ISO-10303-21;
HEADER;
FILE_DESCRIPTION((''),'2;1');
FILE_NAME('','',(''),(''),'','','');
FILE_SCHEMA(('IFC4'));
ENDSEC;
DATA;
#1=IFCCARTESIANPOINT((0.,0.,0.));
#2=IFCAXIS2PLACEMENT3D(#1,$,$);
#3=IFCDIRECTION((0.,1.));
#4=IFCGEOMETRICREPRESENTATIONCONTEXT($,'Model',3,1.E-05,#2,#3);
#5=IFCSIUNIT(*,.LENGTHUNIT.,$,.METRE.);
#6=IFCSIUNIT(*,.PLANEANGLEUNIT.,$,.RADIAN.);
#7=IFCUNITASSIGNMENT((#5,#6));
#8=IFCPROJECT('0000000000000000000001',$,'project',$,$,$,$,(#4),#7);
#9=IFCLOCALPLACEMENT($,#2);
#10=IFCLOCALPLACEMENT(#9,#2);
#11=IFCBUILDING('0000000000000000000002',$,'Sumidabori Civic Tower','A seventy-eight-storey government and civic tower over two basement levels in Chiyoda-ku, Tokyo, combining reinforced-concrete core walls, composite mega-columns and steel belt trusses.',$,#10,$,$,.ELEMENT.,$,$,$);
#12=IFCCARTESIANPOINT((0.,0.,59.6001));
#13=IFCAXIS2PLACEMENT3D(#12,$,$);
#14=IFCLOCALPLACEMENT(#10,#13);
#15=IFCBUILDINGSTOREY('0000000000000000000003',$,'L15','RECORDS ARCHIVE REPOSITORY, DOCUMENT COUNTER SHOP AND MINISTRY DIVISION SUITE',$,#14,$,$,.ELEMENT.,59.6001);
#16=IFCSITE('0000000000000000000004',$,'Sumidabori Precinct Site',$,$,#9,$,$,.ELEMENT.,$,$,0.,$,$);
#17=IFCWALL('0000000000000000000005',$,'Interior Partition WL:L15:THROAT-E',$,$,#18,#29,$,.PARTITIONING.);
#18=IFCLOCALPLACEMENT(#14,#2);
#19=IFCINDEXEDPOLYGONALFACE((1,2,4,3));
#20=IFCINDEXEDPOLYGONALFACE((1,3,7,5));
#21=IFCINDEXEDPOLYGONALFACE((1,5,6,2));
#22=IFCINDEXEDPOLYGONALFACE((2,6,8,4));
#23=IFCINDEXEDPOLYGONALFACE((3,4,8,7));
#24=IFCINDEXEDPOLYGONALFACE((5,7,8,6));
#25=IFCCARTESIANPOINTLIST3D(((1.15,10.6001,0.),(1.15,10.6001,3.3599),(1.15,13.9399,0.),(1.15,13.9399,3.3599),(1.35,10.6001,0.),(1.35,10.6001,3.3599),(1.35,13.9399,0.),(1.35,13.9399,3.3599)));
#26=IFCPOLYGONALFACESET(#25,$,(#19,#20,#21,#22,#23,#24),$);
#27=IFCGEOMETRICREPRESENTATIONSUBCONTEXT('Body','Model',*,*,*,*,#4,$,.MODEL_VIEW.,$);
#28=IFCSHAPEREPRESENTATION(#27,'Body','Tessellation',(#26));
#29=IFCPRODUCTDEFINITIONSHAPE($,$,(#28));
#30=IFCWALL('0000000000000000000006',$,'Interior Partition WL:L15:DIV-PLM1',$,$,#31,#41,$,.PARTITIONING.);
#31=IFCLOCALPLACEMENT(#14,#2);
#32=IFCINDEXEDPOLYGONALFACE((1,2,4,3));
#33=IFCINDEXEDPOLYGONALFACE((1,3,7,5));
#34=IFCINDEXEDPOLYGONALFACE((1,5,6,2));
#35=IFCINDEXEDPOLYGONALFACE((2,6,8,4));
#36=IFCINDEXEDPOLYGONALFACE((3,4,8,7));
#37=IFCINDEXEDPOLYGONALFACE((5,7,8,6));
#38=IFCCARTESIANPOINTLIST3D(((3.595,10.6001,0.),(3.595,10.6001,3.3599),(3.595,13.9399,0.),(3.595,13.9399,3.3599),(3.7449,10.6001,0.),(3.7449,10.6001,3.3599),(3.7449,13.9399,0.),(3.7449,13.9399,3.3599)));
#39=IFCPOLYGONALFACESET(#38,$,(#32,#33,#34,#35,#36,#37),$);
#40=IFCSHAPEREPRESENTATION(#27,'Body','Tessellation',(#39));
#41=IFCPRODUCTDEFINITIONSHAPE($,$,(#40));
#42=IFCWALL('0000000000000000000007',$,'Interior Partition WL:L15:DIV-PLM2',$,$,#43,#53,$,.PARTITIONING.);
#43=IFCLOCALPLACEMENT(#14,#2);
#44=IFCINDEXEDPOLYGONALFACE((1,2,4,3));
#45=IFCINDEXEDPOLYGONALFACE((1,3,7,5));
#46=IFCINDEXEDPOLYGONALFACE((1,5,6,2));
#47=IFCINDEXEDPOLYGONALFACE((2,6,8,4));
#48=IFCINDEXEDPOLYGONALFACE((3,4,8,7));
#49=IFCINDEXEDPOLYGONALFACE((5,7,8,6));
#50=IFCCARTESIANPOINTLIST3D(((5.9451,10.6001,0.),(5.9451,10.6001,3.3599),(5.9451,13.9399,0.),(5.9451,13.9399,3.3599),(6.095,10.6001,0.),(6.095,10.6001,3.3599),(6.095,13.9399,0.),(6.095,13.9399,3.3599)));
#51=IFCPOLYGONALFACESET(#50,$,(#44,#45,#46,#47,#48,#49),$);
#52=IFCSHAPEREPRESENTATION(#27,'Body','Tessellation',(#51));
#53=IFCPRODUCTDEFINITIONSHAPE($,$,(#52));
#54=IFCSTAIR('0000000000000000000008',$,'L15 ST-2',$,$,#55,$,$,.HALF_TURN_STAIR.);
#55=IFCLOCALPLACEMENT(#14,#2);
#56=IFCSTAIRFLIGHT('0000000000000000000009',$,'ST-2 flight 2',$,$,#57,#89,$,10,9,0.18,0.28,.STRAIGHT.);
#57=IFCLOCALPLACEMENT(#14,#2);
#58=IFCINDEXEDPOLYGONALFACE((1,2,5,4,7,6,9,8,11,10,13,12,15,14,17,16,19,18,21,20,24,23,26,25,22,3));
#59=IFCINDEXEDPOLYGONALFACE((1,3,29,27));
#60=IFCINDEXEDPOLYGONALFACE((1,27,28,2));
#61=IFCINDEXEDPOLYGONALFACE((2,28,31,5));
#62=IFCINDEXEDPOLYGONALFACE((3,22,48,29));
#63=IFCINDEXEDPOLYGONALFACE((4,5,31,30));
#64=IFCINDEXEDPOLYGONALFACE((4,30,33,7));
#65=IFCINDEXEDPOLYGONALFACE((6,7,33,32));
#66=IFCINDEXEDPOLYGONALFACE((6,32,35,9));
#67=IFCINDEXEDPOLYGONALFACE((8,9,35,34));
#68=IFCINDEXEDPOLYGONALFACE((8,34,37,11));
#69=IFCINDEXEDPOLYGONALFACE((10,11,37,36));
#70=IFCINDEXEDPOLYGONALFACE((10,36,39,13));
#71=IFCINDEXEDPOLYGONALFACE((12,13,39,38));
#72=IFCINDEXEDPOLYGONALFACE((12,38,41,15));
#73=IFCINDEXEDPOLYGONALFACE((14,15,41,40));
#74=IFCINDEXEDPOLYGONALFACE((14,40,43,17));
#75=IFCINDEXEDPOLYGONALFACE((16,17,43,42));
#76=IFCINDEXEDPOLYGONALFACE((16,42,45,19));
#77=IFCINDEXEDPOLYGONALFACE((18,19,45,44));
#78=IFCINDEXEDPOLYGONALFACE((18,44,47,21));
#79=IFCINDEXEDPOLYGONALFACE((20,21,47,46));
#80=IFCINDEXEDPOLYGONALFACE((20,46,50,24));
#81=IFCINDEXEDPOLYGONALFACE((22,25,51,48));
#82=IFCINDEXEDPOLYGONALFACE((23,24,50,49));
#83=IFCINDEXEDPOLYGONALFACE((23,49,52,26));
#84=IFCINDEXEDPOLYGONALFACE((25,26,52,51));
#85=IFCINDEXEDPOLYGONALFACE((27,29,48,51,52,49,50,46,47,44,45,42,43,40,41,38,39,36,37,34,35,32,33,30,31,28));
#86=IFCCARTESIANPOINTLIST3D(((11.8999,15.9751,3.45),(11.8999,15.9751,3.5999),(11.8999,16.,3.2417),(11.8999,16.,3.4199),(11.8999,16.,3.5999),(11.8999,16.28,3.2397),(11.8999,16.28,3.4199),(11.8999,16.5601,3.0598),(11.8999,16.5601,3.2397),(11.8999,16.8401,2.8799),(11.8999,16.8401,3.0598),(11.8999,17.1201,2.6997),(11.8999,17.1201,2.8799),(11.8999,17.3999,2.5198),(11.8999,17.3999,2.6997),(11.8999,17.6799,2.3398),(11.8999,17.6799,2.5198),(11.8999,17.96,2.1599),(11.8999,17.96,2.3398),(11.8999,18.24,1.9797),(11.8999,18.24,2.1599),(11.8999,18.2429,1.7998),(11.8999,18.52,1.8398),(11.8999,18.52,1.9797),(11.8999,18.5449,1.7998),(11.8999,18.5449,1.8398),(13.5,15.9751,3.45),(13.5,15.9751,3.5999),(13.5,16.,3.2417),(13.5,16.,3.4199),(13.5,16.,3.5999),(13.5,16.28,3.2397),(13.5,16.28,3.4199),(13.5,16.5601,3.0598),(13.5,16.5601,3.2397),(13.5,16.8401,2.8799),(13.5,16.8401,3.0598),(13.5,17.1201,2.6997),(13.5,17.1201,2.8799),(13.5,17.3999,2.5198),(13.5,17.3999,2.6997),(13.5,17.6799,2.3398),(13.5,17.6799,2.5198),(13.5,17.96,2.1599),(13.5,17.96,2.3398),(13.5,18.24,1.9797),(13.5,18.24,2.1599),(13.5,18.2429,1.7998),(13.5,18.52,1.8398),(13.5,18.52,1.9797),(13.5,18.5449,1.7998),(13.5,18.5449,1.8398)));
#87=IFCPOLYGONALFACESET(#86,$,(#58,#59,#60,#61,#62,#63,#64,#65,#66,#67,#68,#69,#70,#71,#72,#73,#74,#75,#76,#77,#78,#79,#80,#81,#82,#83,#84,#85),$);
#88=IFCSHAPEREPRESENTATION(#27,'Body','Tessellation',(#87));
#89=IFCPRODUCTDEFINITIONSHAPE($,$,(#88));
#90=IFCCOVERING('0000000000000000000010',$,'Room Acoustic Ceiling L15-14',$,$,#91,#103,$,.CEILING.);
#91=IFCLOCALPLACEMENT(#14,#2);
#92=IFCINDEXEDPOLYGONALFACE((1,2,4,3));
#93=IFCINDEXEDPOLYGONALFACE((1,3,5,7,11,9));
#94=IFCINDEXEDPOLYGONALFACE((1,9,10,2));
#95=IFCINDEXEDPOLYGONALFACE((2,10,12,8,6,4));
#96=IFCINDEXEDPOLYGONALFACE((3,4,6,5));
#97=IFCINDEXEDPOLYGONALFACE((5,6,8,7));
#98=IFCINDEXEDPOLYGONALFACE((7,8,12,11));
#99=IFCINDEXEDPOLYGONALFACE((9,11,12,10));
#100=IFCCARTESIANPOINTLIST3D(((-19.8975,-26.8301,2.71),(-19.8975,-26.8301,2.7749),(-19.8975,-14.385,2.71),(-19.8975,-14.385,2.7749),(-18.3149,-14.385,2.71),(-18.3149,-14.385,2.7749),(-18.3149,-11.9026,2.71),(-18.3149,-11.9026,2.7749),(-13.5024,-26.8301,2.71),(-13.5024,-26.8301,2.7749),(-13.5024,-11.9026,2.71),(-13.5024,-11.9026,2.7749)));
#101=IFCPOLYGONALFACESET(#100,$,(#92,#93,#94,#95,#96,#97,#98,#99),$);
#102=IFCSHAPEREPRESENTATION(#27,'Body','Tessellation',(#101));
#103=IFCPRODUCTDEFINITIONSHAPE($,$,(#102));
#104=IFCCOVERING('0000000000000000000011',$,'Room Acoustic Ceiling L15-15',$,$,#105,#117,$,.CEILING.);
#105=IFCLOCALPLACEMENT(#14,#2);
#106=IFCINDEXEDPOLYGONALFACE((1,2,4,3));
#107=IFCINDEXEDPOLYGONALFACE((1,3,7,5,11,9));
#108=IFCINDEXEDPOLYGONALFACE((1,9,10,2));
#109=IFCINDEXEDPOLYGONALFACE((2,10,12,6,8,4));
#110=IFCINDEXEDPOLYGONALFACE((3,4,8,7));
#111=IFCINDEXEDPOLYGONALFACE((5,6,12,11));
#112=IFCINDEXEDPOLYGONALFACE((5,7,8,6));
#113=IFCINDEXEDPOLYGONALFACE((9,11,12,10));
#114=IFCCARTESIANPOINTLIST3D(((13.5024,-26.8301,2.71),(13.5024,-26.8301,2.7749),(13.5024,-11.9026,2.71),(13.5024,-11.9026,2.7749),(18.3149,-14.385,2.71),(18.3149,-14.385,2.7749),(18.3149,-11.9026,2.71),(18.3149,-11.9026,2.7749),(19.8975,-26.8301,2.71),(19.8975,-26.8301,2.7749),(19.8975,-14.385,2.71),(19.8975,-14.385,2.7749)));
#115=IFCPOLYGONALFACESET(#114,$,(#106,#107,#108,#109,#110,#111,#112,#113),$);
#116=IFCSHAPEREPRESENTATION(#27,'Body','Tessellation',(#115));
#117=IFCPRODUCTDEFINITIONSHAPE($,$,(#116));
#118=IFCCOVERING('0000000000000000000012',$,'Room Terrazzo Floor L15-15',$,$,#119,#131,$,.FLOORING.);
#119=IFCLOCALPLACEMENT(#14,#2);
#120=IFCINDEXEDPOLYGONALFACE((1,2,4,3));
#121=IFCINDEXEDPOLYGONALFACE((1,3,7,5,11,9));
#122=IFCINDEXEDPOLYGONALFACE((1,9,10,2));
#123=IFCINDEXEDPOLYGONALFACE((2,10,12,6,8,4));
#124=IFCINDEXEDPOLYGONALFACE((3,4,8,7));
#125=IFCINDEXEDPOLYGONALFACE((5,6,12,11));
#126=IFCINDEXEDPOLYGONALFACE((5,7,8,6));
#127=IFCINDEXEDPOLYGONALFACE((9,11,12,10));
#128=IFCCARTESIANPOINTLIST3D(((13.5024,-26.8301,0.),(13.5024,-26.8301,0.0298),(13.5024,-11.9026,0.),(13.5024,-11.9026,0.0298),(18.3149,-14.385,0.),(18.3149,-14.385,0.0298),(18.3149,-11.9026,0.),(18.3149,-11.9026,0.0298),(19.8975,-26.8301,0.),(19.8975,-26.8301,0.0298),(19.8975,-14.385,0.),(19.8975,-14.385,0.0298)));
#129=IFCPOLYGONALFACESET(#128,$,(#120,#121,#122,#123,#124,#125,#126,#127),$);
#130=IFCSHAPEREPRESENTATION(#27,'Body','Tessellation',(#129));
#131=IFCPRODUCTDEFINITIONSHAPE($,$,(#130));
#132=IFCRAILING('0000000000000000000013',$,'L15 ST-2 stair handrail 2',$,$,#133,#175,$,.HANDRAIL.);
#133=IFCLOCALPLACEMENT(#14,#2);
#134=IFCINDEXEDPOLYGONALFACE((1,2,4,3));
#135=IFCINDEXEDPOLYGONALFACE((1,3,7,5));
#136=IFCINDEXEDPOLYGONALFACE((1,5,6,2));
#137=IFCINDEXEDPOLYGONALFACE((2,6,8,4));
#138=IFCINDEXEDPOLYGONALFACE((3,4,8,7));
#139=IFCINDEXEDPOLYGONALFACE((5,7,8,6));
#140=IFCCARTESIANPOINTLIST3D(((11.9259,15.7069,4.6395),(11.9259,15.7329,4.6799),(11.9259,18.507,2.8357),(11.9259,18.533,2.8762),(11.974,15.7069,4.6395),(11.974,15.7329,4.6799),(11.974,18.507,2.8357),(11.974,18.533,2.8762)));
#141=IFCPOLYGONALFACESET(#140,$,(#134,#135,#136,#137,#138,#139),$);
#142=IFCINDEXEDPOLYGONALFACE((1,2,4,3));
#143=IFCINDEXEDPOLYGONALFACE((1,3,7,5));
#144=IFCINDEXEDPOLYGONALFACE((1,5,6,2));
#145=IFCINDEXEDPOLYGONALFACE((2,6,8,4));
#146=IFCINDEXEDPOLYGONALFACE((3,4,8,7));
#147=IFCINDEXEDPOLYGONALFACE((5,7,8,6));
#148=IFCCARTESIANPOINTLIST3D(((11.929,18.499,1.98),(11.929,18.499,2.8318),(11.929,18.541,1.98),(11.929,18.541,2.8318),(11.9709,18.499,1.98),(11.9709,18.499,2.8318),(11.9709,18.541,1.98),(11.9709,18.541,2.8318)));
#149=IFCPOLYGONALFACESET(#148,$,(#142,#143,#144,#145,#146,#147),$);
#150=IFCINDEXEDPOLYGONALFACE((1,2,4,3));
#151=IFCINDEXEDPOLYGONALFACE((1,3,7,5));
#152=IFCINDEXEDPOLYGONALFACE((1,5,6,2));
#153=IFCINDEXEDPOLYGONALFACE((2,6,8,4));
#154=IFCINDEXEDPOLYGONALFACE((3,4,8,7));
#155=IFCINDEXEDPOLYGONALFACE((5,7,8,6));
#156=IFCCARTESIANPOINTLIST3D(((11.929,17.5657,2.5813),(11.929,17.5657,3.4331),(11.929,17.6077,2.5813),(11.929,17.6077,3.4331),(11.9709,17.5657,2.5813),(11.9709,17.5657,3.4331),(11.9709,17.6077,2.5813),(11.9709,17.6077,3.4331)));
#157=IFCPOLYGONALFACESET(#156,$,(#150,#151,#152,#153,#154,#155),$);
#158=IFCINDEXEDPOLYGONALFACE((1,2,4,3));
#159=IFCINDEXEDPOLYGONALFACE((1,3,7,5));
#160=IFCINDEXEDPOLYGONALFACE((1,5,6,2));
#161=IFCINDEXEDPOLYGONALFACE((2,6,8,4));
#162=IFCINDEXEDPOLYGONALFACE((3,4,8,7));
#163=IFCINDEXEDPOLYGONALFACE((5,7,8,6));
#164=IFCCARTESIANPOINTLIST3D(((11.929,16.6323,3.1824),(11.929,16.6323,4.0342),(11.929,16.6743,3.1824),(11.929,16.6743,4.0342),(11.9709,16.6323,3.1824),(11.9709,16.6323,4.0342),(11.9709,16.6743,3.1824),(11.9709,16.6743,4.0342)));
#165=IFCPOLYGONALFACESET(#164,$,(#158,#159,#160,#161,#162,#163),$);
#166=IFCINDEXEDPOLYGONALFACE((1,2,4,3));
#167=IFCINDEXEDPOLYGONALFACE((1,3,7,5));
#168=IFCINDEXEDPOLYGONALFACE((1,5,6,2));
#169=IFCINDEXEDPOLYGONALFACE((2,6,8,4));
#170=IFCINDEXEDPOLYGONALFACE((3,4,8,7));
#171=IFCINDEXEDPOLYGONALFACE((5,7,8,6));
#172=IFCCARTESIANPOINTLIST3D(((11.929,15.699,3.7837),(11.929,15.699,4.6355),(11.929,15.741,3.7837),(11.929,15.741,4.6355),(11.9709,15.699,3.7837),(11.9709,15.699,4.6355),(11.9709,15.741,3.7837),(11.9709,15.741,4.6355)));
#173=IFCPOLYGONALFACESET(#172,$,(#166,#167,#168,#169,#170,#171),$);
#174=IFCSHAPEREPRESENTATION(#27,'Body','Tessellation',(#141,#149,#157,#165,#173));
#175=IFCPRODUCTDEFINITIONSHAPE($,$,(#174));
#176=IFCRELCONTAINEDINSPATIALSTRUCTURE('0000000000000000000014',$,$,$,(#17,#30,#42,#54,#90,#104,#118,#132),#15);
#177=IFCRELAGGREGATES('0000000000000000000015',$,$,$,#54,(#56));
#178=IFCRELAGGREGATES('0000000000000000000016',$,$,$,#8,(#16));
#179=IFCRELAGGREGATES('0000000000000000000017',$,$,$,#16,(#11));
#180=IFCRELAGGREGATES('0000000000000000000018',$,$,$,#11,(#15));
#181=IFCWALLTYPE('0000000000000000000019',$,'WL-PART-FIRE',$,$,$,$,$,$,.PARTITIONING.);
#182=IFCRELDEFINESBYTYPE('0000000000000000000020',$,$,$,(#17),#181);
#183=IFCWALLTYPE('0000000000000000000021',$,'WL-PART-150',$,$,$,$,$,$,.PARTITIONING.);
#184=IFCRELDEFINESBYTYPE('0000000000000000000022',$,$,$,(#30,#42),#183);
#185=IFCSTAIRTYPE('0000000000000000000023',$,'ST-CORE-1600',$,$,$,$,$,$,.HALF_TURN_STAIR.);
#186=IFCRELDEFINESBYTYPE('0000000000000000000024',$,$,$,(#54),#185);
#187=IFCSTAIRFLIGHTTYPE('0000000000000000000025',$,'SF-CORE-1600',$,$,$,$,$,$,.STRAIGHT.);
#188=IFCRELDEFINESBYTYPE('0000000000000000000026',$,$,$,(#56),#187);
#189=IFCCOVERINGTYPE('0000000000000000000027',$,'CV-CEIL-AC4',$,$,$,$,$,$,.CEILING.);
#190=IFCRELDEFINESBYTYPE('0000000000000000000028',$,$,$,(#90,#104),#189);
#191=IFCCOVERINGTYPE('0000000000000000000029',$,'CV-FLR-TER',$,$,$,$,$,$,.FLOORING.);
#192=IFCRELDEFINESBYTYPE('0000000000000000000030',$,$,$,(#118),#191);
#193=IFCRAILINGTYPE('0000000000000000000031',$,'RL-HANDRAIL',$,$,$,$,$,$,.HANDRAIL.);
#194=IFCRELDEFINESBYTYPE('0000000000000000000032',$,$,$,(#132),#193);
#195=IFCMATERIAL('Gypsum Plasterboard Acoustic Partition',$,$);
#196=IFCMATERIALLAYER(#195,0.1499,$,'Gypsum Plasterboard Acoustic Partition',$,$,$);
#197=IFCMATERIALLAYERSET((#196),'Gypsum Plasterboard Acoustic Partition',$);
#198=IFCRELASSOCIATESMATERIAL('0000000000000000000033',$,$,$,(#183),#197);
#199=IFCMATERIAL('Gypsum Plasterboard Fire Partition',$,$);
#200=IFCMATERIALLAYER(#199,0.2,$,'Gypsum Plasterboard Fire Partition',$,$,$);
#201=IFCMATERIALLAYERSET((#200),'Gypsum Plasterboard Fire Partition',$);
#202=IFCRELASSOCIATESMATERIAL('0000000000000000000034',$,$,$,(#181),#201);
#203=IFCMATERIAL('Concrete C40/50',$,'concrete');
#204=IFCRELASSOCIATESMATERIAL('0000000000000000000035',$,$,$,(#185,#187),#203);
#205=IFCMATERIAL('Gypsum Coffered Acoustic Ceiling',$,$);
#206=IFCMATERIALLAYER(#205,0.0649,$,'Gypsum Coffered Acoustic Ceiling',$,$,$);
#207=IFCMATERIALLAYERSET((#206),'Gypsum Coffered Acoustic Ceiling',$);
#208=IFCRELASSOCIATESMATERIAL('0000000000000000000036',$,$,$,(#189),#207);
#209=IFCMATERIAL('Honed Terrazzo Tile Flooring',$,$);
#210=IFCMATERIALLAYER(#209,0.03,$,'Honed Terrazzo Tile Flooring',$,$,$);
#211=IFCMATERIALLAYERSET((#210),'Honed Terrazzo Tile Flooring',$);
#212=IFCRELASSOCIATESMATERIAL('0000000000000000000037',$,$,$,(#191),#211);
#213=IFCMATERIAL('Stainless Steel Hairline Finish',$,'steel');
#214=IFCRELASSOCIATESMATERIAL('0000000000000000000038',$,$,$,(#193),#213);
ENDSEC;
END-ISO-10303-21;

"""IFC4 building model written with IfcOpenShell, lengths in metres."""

from ifc_helpers import new_model, si_unit, direction, frame, frame_2d, origin, origin_2d, place, context, subcontext, project, spatial, polyline, rectangle, outline, extrude, source, transform, mapped, material, layer, layer_set, type_object, element, aggregate, save


model = new_model("IFC4")

# Units and contexts
model_context = context("Model", 3, precision=1e-05, world=origin(), true_north=direction((0.0, 1.0)))
body_context = subcontext(model_context, "Body", "Model", "MODEL_VIEW")
ifc_project = project(units=[si_unit("LENGTHUNIT", "METRE"), si_unit("PLANEANGLEUNIT", "RADIAN")], contexts=[model_context])

# Site, building, storey
site_placement = place(None, origin())
site = spatial("IfcSite", under=ifc_project, at=site_placement, Name="Sumidabori Precinct Site", CompositionType="ELEMENT", RefElevation=0.0)
building_placement = place(site_placement, origin())
building = spatial("IfcBuilding", under=site, at=building_placement, Name="Sumidabori Civic Tower", Description="A seventy-eight-storey government and civic tower over two basement levels in Chiyoda-ku, Tokyo, combining reinforced-concrete core walls, composite mega-columns and steel belt trusses.", CompositionType="ELEMENT")
storey_placement = place(building_placement, frame((0.0, 0.0, 59.6001)))
storey = spatial("IfcBuildingStorey", under=building, at=storey_placement, Name="L15", Description="RECORDS ARCHIVE REPOSITORY, DOCUMENT COUNTER SHOP AND MINISTRY DIVISION SUITE", CompositionType="ELEMENT", Elevation=59.6001)

# Shared definitions
ifc_material_1 = material(Name="Stainless Steel Hairline Finish", Category="steel")

# Walls
ifc_material_2 = material(Name="Gypsum Plasterboard Acoustic Partition")
ifc_layer_1 = layer(ifc_material_2, 0.1499, Name="Gypsum Plasterboard Acoustic Partition")
ifc_layer_set_1 = layer_set([ifc_layer_1], Name="Gypsum Plasterboard Acoustic Partition")
wall_type_1 = type_object("IfcWallType", Name="WL-PART-150", PredefinedType="PARTITIONING", material=ifc_layer_set_1)
ifc_material_3 = material(Name="Gypsum Plasterboard Fire Partition")
ifc_layer_2 = layer(ifc_material_3, 0.2, Name="Gypsum Plasterboard Fire Partition")
ifc_layer_set_2 = layer_set([ifc_layer_2], Name="Gypsum Plasterboard Fire Partition")
wall_type_2 = type_object("IfcWallType", Name="WL-PART-FIRE", PredefinedType="PARTITIONING", material=ifc_layer_set_2)
shared_shape_1 = source(origin(), body_context, "Body", "SweptSolid", [
    extrude(rectangle(XDim=3.3398, YDim=0.2, at=frame_2d((1.6699, 0.0))), origin(), (0.0, 0.0, 1.0), 3.3599),
])
wall_1_placement = place(storey_placement, frame((1.25, 10.6001, 0.0), z_axis=(0.0, 0.0, 1.0), x_axis=(0.0, 1.0, 0.0)))
element("IfcWall", 1, at=wall_1_placement, inside=storey, type_object=wall_type_2, Name="Interior Partition WL:L15:THROAT-E", PredefinedType="PARTITIONING", context=body_context, shape_type="MappedRepresentation", body=[
    mapped(shared_shape_1, transform((0.0, 0.0, 0.0), x_axis=(1.0, 0.0, 0.0), y_axis=(0.0, 1.0, 0.0), z_axis=(0.0, 0.0, 1.0), scale=1.0)),
])
shared_shape_2 = source(origin(), body_context, "Body", "SweptSolid", [
    extrude(rectangle(XDim=3.3398, YDim=0.1499, at=frame_2d((1.6699, 0.0))), origin(), (0.0, 0.0, 1.0), 3.3599),
])
for number, where, z_axis, x_axis, name in (
    (2, (3.6699, 10.6001, 0.0), (0.0, 0.0, 1.0), (0.0, 1.0, 0.0), "Interior Partition WL:L15:DIV-PLM1"),
    (3, (6.02, 10.6001, 0.0), (0.0, 0.0, 1.0), (0.0, 1.0, 0.0), "Interior Partition WL:L15:DIV-PLM2"),
):
    element("IfcWall", number, at=place(storey_placement, frame(where, z_axis=z_axis, x_axis=x_axis)), inside=storey, type_object=wall_type_1, Name=name, PredefinedType="PARTITIONING", context=body_context, shape_type="MappedRepresentation", body=[
        mapped(shared_shape_2, transform((0.0, 0.0, 0.0), x_axis=(1.0, 0.0, 0.0), y_axis=(0.0, 1.0, 0.0), z_axis=(0.0, 0.0, 1.0), scale=1.0)),
    ])

# Stair, stair flight
ifc_material_4 = material(Name="Concrete C40/50", Category="concrete")
stair_type = type_object("IfcStairType", Name="ST-CORE-1600", PredefinedType="HALF_TURN_STAIR", material=ifc_material_4)
stair_placement = place(storey_placement, origin())
stair = element("IfcStair", 4, at=stair_placement, inside=storey, type_object=stair_type, Name="L15 ST-2", PredefinedType="HALF_TURN_STAIR")
stair_flight_type = type_object("IfcStairFlightType", Name="SF-CORE-1600", PredefinedType="STRAIGHT", material=ifc_material_4)
shared_shape_3 = source(origin(), body_context, "Body", "SweptSolid", [
    extrude(outline(polyline([(-0.0249, 0.0), (-0.0249, 0.04), (0.0, 0.04), (0.0, 0.1799), (0.28, 0.1799), (0.28, 0.3601), (0.5601, 0.3601), (0.5601, 0.54), (0.8401, 0.54), (0.8401, 0.72), (1.1201, 0.72), (1.1201, 0.8999), (1.3999, 0.8999), (1.3999, 1.0801), (1.6799, 1.0801), (1.6799, 1.26), (1.96, 1.26), (1.96, 1.4399), (2.24, 1.4399), (2.24, 1.6201), (2.52, 1.6201), (2.52, 1.8), (2.5449, 1.8), (2.5449, 1.6501), (2.52, 1.4419), (0.2771, 0.0), (-0.0249, 0.0)])), frame((0.0, 0.8, 0.0), z_axis=(0.0, -1.0, 0.0), x_axis=(1.0, 0.0, 0.0)), (0.0, 0.0, 1.0), 1.6001),
])
stair_flight_placement = place(storey_placement, frame((12.7, 18.52, 1.7998), z_axis=(0.0, 0.0, 1.0), x_axis=(0.0, -1.0, 0.0)))
stair_flight = element("IfcStairFlight", 5, at=stair_flight_placement, type_object=stair_flight_type, Name="ST-2 flight 2", NumberOfRisers=10, NumberOfTreads=9, PredefinedType="STRAIGHT", RiserHeight=0.18, TreadLength=0.28, context=body_context, shape_type="MappedRepresentation", body=[
    mapped(shared_shape_3, transform((0.0, 0.0, 0.0), x_axis=(1.0, 0.0, 0.0), y_axis=(0.0, 1.0, 0.0), z_axis=(0.0, 0.0, 1.0), scale=1.0)),
])
aggregate(stair, [stair_flight])

# Coverings
ifc_material_5 = material(Name="Gypsum Coffered Acoustic Ceiling")
ifc_layer_3 = layer(ifc_material_5, 0.0649, Name="Gypsum Coffered Acoustic Ceiling")
ifc_layer_set_3 = layer_set([ifc_layer_3], Name="Gypsum Coffered Acoustic Ceiling")
covering_type_1 = type_object("IfcCoveringType", Name="CV-CEIL-AC4", PredefinedType="CEILING", material=ifc_layer_set_3)
covering_1_placement = place(storey_placement, frame((0.0, 0.0, 2.71)))
element("IfcCovering", 6, at=covering_1_placement, inside=storey, type_object=covering_type_1, Name="Room Acoustic Ceiling L15-14", PredefinedType="CEILING", context=body_context, shape_type="SweptSolid", body=[
    extrude(outline(polyline([(-18.3149, -14.385), (-18.3149, -11.9026), (-13.5024, -11.9026), (-13.5024, -26.8301), (-19.8975, -26.8301), (-19.8975, -14.385), (-18.3149, -14.385)])), origin(), (0.0, 0.0, 1.0), 0.0649),
])
covering_2_placement = place(storey_placement, frame((0.0, 0.0, 2.71)))
element("IfcCovering", 7, at=covering_2_placement, inside=storey, type_object=covering_type_1, Name="Room Acoustic Ceiling L15-15", PredefinedType="CEILING", context=body_context, shape_type="SweptSolid", body=[
    extrude(outline(polyline([(18.3149, -14.385), (19.8975, -14.385), (19.8975, -26.8301), (13.5024, -26.8301), (13.5024, -11.9026), (18.3149, -11.9026), (18.3149, -14.385)])), origin(), (0.0, 0.0, 1.0), 0.0649),
])
ifc_material_6 = material(Name="Honed Terrazzo Tile Flooring")
ifc_layer_4 = layer(ifc_material_6, 0.03, Name="Honed Terrazzo Tile Flooring")
ifc_layer_set_4 = layer_set([ifc_layer_4], Name="Honed Terrazzo Tile Flooring")
covering_type_2 = type_object("IfcCoveringType", Name="CV-FLR-TER", PredefinedType="FLOORING", material=ifc_layer_set_4)
covering_3_placement = place(storey_placement, origin())
element("IfcCovering", 8, at=covering_3_placement, inside=storey, type_object=covering_type_2, Name="Room Terrazzo Floor L15-15", PredefinedType="FLOORING", context=body_context, shape_type="SweptSolid", body=[
    extrude(outline(polyline([(18.3149, -14.385), (19.8975, -14.385), (19.8975, -26.8301), (13.5024, -26.8301), (13.5024, -11.9026), (18.3149, -11.9026), (18.3149, -14.385)])), origin(), (0.0, 0.0, 1.0), 0.0298),
])

# Railing
railing_type_1 = type_object("IfcRailingType", Name="RL-HANDRAIL", PredefinedType="HANDRAIL", material=ifc_material_1)
railing_1_placement = place(storey_placement, frame((11.95, 18.52, 1.98)))
element("IfcRailing", 9, at=railing_1_placement, inside=storey, type_object=railing_type_1, Name="L15 ST-2 stair handrail 2", PredefinedType="HANDRAIL", context=body_context, shape_type="SweptSolid", body=[
    extrude(rectangle(XDim=0.0481, YDim=0.0481, at=origin_2d()), frame((0.0, 0.0, 0.876), z_axis=(0.0, -0.840676, 0.541539), x_axis=(1.0, 0.0, 0.0)), (0.0, 0.0, 1.0), 3.3308),
    extrude(rectangle(XDim=0.042, YDim=0.042, at=origin_2d()), origin(), (0.0, 0.0, 1.0), 0.8518),
    extrude(rectangle(XDim=0.042, YDim=0.042, at=origin_2d()), frame((0.0, -0.9333, 0.6013)), (0.0, 0.0, 1.0), 0.8518),
    extrude(rectangle(XDim=0.042, YDim=0.042, at=origin_2d()), frame((0.0, -1.8667, 1.2024)), (0.0, 0.0, 1.0), 0.8518),
    extrude(rectangle(XDim=0.042, YDim=0.042, at=origin_2d()), frame((0.0, -2.8, 1.8037)), (0.0, 0.0, 1.0), 0.8518),
])

save(model, "model.ifc")
